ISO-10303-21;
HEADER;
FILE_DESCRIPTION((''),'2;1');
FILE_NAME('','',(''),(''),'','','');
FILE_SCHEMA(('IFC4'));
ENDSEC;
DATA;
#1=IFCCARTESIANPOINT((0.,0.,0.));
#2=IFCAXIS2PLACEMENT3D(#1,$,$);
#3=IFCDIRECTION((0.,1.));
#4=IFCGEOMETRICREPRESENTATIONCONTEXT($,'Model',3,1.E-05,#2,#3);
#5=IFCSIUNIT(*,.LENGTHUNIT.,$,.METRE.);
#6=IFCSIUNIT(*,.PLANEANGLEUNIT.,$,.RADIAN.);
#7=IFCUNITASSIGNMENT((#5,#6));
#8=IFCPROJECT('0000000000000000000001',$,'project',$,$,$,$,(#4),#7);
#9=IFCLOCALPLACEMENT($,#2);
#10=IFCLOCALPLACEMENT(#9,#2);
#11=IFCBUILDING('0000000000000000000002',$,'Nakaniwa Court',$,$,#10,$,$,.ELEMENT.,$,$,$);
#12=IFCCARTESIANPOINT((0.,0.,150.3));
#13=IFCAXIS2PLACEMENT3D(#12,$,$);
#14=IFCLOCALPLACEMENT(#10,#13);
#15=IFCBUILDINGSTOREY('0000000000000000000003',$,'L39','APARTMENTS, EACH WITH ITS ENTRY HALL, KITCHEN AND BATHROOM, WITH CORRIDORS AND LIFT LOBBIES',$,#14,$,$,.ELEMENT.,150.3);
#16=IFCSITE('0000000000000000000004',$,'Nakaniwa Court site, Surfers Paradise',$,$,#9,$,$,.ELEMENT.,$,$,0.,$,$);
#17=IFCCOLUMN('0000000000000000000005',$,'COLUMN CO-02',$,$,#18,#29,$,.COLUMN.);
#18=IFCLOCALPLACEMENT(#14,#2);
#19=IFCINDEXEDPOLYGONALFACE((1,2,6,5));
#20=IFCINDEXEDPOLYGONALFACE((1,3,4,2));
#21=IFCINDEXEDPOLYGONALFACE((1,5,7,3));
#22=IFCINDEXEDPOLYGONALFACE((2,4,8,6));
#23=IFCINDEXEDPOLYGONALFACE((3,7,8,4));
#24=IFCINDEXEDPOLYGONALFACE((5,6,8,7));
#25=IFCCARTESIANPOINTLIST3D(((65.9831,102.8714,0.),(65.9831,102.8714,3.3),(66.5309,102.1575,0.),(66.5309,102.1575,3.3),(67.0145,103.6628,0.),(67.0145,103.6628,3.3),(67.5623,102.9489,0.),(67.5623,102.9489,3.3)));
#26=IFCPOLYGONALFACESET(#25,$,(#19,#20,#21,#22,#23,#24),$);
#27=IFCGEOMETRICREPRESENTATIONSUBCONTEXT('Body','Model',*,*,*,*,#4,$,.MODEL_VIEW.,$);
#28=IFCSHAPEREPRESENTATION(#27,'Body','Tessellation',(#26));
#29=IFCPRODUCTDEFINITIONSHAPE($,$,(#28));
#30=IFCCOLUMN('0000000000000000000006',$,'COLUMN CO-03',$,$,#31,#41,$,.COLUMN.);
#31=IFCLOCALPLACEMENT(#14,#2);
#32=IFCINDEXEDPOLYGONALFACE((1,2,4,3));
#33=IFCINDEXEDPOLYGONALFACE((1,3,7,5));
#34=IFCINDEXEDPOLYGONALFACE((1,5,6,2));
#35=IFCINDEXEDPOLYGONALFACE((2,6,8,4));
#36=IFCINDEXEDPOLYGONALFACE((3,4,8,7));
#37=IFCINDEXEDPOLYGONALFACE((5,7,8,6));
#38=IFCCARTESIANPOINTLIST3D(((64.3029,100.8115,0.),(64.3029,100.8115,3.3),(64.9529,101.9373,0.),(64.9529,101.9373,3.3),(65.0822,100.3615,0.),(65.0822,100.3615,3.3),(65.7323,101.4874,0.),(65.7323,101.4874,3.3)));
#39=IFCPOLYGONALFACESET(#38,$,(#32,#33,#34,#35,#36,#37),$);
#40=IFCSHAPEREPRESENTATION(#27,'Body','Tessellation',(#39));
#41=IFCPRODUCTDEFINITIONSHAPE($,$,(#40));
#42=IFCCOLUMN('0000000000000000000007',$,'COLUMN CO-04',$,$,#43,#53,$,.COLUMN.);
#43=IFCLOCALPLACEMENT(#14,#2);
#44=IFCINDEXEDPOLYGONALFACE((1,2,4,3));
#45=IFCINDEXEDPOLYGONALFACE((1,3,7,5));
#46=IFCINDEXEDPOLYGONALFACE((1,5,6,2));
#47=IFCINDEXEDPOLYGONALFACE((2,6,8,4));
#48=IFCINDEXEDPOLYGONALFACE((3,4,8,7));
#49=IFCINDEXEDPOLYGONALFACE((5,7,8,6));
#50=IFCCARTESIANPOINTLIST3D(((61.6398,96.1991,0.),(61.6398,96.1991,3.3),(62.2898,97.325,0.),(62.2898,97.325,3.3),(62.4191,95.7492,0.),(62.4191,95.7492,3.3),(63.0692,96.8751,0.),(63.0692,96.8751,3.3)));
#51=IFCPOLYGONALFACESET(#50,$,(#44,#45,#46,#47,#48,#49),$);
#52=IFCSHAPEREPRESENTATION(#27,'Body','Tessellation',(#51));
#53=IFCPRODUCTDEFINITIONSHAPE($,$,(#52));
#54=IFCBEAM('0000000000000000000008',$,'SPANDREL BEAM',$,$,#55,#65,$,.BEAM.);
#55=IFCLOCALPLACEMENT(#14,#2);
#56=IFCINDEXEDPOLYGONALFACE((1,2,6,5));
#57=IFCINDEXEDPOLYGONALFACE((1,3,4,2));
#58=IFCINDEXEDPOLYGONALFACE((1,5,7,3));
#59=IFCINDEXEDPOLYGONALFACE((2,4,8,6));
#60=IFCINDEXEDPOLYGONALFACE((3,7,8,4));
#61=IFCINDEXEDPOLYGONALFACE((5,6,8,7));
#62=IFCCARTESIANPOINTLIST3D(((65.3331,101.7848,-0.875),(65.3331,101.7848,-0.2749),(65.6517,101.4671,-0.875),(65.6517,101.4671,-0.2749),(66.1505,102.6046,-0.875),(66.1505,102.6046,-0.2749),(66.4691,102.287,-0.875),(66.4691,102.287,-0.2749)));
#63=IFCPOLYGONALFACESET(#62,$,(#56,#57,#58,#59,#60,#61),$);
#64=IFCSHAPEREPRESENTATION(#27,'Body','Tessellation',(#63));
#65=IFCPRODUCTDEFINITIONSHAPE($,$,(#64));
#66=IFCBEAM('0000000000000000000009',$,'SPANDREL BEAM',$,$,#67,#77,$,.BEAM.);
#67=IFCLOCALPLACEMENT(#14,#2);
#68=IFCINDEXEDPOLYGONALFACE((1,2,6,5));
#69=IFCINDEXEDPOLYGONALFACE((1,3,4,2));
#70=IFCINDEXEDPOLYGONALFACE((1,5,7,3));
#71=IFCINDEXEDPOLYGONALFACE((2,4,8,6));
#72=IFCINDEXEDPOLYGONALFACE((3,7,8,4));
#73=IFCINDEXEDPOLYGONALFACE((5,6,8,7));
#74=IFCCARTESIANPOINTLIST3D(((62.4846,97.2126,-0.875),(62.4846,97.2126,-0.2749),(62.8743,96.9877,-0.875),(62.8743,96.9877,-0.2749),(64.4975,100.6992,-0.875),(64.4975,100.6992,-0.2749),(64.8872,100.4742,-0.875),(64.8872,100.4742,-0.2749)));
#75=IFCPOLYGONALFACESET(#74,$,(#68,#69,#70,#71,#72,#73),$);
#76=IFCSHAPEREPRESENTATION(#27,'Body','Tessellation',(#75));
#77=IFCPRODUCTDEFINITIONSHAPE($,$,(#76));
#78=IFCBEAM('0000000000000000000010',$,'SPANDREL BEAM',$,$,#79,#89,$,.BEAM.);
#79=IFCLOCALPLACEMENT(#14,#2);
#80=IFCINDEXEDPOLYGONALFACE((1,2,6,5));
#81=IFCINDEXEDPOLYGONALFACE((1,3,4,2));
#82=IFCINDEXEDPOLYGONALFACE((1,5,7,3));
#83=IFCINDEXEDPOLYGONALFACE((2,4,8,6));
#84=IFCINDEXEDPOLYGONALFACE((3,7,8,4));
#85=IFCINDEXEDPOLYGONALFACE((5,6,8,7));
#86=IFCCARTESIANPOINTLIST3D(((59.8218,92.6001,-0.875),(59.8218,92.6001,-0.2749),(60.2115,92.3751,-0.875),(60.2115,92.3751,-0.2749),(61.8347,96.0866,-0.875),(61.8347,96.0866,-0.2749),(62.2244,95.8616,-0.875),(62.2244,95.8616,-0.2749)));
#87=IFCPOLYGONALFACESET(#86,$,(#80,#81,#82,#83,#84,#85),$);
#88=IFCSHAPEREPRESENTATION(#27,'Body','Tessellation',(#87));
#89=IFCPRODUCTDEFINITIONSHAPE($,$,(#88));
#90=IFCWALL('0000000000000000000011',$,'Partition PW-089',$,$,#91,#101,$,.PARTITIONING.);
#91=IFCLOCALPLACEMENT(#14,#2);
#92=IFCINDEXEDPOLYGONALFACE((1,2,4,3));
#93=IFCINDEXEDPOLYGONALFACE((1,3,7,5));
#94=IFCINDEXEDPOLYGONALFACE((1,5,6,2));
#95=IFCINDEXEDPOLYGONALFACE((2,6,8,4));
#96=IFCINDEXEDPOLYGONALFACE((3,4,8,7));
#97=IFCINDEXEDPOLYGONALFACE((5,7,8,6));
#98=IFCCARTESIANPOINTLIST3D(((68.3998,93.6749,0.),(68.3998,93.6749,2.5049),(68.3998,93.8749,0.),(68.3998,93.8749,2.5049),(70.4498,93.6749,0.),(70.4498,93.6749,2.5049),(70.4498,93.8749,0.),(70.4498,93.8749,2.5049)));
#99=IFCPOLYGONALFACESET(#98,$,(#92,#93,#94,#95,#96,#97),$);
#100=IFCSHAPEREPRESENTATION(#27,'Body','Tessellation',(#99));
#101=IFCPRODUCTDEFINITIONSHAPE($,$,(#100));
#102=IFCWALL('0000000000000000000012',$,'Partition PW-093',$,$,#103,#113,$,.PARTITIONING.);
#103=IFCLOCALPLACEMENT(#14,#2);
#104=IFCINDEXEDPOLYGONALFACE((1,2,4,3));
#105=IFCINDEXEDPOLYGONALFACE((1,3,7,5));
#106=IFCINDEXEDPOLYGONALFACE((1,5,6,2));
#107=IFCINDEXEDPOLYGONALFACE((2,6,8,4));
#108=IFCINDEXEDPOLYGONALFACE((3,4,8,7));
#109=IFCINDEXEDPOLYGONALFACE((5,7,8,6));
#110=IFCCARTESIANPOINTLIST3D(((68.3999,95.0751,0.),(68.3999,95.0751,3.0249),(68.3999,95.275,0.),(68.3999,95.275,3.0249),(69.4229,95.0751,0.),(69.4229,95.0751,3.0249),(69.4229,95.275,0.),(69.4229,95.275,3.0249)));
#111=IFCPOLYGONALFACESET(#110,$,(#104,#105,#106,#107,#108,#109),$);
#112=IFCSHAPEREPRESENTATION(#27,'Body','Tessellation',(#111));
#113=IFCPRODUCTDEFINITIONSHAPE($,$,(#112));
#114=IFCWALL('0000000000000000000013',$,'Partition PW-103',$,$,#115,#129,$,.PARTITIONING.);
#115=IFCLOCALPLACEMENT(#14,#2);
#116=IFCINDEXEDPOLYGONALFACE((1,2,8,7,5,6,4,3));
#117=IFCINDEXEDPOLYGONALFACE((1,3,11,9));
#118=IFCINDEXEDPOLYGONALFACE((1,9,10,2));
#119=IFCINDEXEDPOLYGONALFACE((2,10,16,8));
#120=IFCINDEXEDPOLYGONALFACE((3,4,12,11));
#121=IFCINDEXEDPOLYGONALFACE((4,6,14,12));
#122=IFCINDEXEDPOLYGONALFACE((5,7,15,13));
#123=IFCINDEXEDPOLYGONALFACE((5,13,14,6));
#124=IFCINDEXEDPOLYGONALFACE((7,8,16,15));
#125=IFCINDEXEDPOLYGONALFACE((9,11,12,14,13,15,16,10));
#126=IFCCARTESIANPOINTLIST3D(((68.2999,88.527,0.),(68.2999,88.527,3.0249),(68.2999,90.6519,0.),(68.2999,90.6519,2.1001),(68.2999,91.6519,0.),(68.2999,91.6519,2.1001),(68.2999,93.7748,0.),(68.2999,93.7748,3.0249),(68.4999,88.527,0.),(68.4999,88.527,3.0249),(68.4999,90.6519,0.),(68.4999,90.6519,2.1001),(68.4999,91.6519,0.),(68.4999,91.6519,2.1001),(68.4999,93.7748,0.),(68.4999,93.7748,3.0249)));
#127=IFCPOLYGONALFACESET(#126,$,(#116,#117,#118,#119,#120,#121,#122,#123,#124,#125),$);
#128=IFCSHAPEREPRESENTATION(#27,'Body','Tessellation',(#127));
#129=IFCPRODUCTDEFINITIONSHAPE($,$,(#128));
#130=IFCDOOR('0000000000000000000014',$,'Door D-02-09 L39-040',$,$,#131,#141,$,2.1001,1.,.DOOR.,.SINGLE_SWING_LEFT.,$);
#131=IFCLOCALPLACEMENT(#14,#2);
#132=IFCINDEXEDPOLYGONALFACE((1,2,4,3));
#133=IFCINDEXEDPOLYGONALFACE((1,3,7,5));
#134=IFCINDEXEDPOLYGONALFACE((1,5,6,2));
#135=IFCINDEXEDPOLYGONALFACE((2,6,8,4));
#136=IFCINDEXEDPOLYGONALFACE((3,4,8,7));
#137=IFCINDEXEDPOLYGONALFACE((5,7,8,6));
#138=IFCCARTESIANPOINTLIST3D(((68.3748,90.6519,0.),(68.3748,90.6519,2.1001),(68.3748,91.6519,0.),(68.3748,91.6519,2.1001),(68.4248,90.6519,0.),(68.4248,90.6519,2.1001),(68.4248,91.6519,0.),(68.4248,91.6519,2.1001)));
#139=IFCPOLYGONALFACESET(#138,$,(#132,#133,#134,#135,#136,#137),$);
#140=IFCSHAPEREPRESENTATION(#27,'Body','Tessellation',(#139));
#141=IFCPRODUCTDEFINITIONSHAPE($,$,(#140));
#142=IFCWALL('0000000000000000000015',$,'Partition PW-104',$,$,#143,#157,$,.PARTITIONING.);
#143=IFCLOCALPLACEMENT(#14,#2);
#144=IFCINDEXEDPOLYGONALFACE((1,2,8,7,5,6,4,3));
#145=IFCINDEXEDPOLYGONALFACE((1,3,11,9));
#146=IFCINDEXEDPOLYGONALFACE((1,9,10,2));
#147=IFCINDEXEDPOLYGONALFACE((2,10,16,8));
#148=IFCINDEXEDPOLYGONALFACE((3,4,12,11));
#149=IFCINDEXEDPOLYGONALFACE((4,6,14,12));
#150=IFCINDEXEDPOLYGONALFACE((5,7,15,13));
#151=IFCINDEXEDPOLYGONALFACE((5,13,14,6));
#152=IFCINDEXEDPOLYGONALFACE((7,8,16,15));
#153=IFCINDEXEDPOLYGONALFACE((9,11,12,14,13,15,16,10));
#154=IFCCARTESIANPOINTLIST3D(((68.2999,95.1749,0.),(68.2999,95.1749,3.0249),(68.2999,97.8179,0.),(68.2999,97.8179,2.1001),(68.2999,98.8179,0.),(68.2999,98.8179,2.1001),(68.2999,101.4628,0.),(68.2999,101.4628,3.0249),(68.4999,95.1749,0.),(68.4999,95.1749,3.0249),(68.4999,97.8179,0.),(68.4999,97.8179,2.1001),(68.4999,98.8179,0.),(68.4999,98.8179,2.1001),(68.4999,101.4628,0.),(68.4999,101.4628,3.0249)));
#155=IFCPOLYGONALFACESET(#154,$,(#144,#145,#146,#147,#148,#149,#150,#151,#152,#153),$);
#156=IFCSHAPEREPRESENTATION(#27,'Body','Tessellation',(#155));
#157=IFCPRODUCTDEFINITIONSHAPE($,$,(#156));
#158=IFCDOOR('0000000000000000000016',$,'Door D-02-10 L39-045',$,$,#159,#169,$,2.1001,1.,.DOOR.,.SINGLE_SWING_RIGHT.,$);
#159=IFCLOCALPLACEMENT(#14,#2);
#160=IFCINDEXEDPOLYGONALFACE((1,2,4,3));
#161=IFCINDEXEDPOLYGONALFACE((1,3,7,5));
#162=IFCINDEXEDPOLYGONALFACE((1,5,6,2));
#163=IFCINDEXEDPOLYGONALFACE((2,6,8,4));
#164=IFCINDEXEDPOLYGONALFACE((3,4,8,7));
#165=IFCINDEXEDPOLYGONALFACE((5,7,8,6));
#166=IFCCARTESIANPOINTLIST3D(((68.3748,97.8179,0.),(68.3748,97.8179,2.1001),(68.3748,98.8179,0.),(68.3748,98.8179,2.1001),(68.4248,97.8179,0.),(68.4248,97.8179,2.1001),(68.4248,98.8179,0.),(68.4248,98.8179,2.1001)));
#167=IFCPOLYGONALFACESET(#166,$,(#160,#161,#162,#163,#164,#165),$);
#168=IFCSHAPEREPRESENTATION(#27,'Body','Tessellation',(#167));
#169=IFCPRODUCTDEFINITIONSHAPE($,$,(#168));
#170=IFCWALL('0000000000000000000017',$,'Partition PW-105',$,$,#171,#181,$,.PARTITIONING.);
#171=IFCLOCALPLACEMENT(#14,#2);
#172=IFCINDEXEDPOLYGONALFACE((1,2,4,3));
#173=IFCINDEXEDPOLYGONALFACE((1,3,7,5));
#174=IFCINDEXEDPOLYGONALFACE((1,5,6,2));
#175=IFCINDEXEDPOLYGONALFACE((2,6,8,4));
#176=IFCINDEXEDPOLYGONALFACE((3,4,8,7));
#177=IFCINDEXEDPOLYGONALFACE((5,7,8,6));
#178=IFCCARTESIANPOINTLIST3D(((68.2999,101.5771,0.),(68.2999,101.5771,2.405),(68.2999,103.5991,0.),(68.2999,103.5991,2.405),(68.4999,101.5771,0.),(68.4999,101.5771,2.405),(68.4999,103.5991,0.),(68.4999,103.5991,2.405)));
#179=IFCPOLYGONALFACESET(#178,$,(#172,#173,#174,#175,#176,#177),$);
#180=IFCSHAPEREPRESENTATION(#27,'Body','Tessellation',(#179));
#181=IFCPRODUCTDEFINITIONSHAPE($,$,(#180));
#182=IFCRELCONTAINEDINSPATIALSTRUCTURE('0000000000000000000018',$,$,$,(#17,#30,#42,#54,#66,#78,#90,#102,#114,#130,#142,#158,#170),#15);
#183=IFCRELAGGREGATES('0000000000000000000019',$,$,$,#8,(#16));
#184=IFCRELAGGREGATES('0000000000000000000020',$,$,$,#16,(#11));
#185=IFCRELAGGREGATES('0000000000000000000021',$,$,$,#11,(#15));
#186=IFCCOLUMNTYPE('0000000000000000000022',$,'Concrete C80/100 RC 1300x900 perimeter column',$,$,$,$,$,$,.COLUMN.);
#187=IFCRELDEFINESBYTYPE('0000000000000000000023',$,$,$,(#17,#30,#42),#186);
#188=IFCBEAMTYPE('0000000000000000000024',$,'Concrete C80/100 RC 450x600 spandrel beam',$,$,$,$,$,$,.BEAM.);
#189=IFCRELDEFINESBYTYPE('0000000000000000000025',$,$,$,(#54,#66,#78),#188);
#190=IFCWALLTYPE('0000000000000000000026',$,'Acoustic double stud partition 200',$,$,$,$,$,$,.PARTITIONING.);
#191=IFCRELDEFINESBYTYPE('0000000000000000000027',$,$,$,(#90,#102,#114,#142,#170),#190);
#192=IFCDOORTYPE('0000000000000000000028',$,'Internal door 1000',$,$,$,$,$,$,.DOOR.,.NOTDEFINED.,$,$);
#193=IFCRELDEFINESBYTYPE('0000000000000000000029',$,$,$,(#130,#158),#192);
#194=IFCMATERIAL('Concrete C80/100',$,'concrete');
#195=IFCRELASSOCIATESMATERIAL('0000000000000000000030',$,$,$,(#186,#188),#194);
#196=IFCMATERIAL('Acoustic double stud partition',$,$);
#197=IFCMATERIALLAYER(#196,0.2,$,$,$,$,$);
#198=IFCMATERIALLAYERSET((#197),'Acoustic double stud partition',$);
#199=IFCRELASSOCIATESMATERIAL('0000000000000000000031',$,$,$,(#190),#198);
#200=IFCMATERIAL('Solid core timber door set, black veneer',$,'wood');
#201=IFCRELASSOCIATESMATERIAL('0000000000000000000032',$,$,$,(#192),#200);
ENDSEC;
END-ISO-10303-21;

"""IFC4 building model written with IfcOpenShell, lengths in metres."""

from ifc_helpers import new_model, si_unit, direction, frame, frame_2d, origin, origin_2d, place, context, subcontext, project, spatial, rectangle, extrude, material, layer, layer_set, material_profile, profile_set, type_object, element, fill, save


model = new_model("IFC4")

# Units and contexts
model_context = context("Model", 3, precision=1e-05, world=origin(), true_north=direction((0.0, 1.0)))
body_context = subcontext(model_context, "Body", "Model", "MODEL_VIEW")
ifc_project = project(units=[si_unit("LENGTHUNIT", "METRE"), si_unit("PLANEANGLEUNIT", "RADIAN")], contexts=[model_context])

# Site, building, storey
site_placement = place(None, origin())
site = spatial("IfcSite", under=ifc_project, at=site_placement, Name="Nakaniwa Court site, Surfers Paradise", CompositionType="ELEMENT", RefElevation=0.0)
building_placement = place(site_placement, origin())
building = spatial("IfcBuilding", under=site, at=building_placement, Name="Nakaniwa Court", CompositionType="ELEMENT")
storey_placement = place(building_placement, frame((0.0, 0.0, 150.3)))
storey = spatial("IfcBuildingStorey", under=building, at=storey_placement, Name="L39", Description="APARTMENTS, EACH WITH ITS ENTRY HALL, KITCHEN AND BATHROOM, WITH CORRIDORS AND LIFT LOBBIES", CompositionType="ELEMENT", Elevation=150.3)

# Columns
ifc_material_1 = material(Name="Concrete C80/100", Category="concrete")
ifc_material_profile_1 = material_profile(ifc_material_1, rectangle(XDim=1.3, YDim=0.8999, at=origin_2d()), Name="Concrete C80/100 RC 1300x900 perimeter column")
ifc_profile_set_1 = profile_set([ifc_material_profile_1], Name="Concrete C80/100")
column_type = type_object("IfcColumnType", Name="Concrete C80/100 RC 1300x900 perimeter column", PredefinedType="COLUMN", material=ifc_profile_set_1)
for number, where, z_axis, x_axis, name in (
    (1, (66.7727, 102.9102, 0.0), (0.0, 0.0, 1.0), (-0.793364, -0.608748, 0.0), "COLUMN CO-02"),
    (2, (65.0176, 101.1494, 0.0), (0.0, 0.0, 1.0), (-0.5, -0.866025, 0.0), "COLUMN CO-03"),
    (3, (62.3545, 96.5371, 0.0), (0.0, 0.0, 1.0), (-0.5, -0.866025, 0.0), "COLUMN CO-04"),
):
    element("IfcColumn", number, at=place(storey_placement, frame(where, z_axis=z_axis, x_axis=x_axis)), inside=storey, type_object=column_type, Name=name, PredefinedType="COLUMN", context=body_context, shape_type="SweptSolid", body=[
        extrude(rectangle(XDim=1.3, YDim=0.8999, at=origin_2d()), origin(), (0.0, 0.0, 1.0), 3.3),
    ])

# Beams
ifc_material_profile_2 = material_profile(ifc_material_1, rectangle(XDim=0.45, YDim=0.6001, at=origin_2d()), Name="Concrete C80/100 RC 450x600 spandrel beam")
ifc_profile_set_2 = profile_set([ifc_material_profile_2], Name="Concrete C80/100")
beam_type = type_object("IfcBeamType", Name="Concrete C80/100 RC 450x600 spandrel beam", PredefinedType="BEAM", material=ifc_profile_set_2)
beam_placement = place(storey_placement, frame((66.3098, 102.4458, -0.575), z_axis=(-0.706052, -0.70816, 0.0), x_axis=(0.70816, -0.706052, 0.0)))
element("IfcBeam", 4, at=beam_placement, inside=storey, type_object=beam_type, Name="SPANDREL BEAM", PredefinedType="BEAM", context=body_context, shape_type="SweptSolid", body=[
    extrude(rectangle(XDim=0.45, YDim=0.6001, at=origin_2d()), origin(), (0.0, 0.0, 1.0), 1.1577),
])
for number, where, z_axis, x_axis, name in (
    (5, (64.6924, 100.5867, -0.575), (-0.499994, -0.866029, 0.0), (0.866029, -0.499994, 0.0), "SPANDREL BEAM"),
    (6, (62.0295, 95.9741, -0.575), (-0.499994, -0.866029, 0.0), (0.866029, -0.499994, 0.0), "SPANDREL BEAM"),
):
    element("IfcBeam", number, at=place(storey_placement, frame(where, z_axis=z_axis, x_axis=x_axis)), inside=storey, type_object=beam_type, Name=name, PredefinedType="BEAM", context=body_context, shape_type="SweptSolid", body=[
        extrude(rectangle(XDim=0.45, YDim=0.6001, at=origin_2d()), origin(), (0.0, 0.0, 1.0), 4.0259),
    ])

# Walls
ifc_material_2 = material(Name="Acoustic double stud partition")
ifc_layer_1 = layer(ifc_material_2, 0.2)
ifc_layer_set_1 = layer_set([ifc_layer_1], Name="Acoustic double stud partition")
wall_type_1 = type_object("IfcWallType", Name="Acoustic double stud partition 200", PredefinedType="PARTITIONING", material=ifc_layer_set_1)
wall_1_placement = place(storey_placement, frame((68.3999, 93.7749, 0.0), z_axis=(0.0, 0.0, 1.0), x_axis=(1.0, 0.0, 0.0)))
element("IfcWall", 7, at=wall_1_placement, inside=storey, type_object=wall_type_1, Name="Partition PW-089", PredefinedType="PARTITIONING", context=body_context, shape_type="SweptSolid", body=[
    extrude(rectangle(XDim=2.05, YDim=0.2, at=frame_2d((1.0249, 0.0))), origin(), (0.0, 0.0, 1.0), 2.5049),
])
wall_2_placement = place(storey_placement, frame((68.3999, 95.175, 0.0), z_axis=(0.0, 0.0, 1.0), x_axis=(1.0, 0.0, 0.0)))
element("IfcWall", 8, at=wall_2_placement, inside=storey, type_object=wall_type_1, Name="Partition PW-093", PredefinedType="PARTITIONING", context=body_context, shape_type="SweptSolid", body=[
    extrude(rectangle(XDim=1.0229, YDim=0.2, at=frame_2d((0.5115, 0.0))), origin(), (0.0, 0.0, 1.0), 3.0249),
])

# Walls, openings, doors
wall_3_placement = place(storey_placement, frame((68.3999, 93.7749, 0.0), z_axis=(0.0, 0.0, 1.0), x_axis=(0.0, -1.0, 0.0)))
wall_3 = element("IfcWall", 9, at=wall_3_placement, inside=storey, type_object=wall_type_1, Name="Partition PW-103", PredefinedType="PARTITIONING", context=body_context, shape_type="SweptSolid", body=[
    extrude(rectangle(XDim=5.2478, YDim=0.2, at=frame_2d((2.624, 0.0))), origin(), (0.0, 0.0, 1.0), 3.0249),
])
opening_1_placement = place(wall_3_placement, frame((2.123, 0.0, 0.0)))
opening_1 = element("IfcOpeningElement", 10, at=opening_1_placement, cuts=wall_3, PredefinedType="OPENING", context=body_context, shape_type="SweptSolid", body=[
    extrude(rectangle(XDim=1.0, YDim=2.1001, at=frame_2d((0.5, 1.05))), frame((0.0, 0.1099, 0.0), z_axis=(0.0, -1.0, 0.0), x_axis=(1.0, 0.0, 0.0)), (0.0, 0.0, 1.0), 0.22),
])
ifc_material_3 = material(Name="Solid core timber door set, black veneer", Category="wood")
door_type_1 = type_object("IfcDoorType", Name="Internal door 1000", OperationType="NOTDEFINED", PredefinedType="DOOR", material=ifc_material_3)
door_1_placement = place(opening_1_placement, origin())
door_1 = element("IfcDoor", 11, at=door_1_placement, inside=storey, type_object=door_type_1, Name="Door D-02-09 L39-040", OperationType="SINGLE_SWING_LEFT", OverallHeight=2.1001, OverallWidth=1.0, PredefinedType="DOOR", context=body_context, shape_type="SweptSolid", body=[
    extrude(rectangle(XDim=1.0, YDim=2.1001, at=frame_2d((0.5, 1.05))), frame((0.0, 0.0249, 0.0), z_axis=(0.0, -1.0, 0.0), x_axis=(1.0, 0.0, 0.0)), (0.0, 0.0, 1.0), 0.05),
])
fill(opening_1, door_1)
wall_4_placement = place(storey_placement, frame((68.3999, 101.4629, 0.0), z_axis=(0.0, 0.0, 1.0), x_axis=(0.0, -1.0, 0.0)))
wall_4 = element("IfcWall", 12, at=wall_4_placement, inside=storey, type_object=wall_type_1, Name="Partition PW-104", PredefinedType="PARTITIONING", context=body_context, shape_type="SweptSolid", body=[
    extrude(rectangle(XDim=6.2878, YDim=0.2, at=frame_2d((3.144, 0.0))), origin(), (0.0, 0.0, 1.0), 3.0249),
])
opening_2_placement = place(wall_4_placement, frame((2.645, 0.0, 0.0)))
opening_2 = element("IfcOpeningElement", 13, at=opening_2_placement, cuts=wall_4, PredefinedType="OPENING", context=body_context, shape_type="SweptSolid", body=[
    extrude(rectangle(XDim=1.0, YDim=2.1001, at=frame_2d((0.5, 1.05))), frame((0.0, 0.1099, 0.0), z_axis=(0.0, -1.0, 0.0), x_axis=(1.0, 0.0, 0.0)), (0.0, 0.0, 1.0), 0.22),
])
door_2_placement = place(opening_2_placement, origin())
door_2 = element("IfcDoor", 14, at=door_2_placement, inside=storey, type_object=door_type_1, Name="Door D-02-10 L39-045", OperationType="SINGLE_SWING_RIGHT", OverallHeight=2.1001, OverallWidth=1.0, PredefinedType="DOOR", context=body_context, shape_type="SweptSolid", body=[
    extrude(rectangle(XDim=1.0, YDim=2.1001, at=frame_2d((0.5, 1.05))), frame((0.0, 0.0249, 0.0), z_axis=(0.0, -1.0, 0.0), x_axis=(1.0, 0.0, 0.0)), (0.0, 0.0, 1.0), 0.05),
])
fill(opening_2, door_2)

# Wall
wall_5_placement = place(storey_placement, frame((68.3999, 101.5771, 0.0), z_axis=(0.0, 0.0, 1.0), x_axis=(0.0, 1.0, 0.0)))
element("IfcWall", 15, at=wall_5_placement, inside=storey, type_object=wall_type_1, Name="Partition PW-105", PredefinedType="PARTITIONING", context=body_context, shape_type="SweptSolid", body=[
    extrude(rectangle(XDim=2.022, YDim=0.2, at=frame_2d((1.011, 0.0))), origin(), (0.0, 0.0, 1.0), 2.405),
])

save(model, "model.ifc")
